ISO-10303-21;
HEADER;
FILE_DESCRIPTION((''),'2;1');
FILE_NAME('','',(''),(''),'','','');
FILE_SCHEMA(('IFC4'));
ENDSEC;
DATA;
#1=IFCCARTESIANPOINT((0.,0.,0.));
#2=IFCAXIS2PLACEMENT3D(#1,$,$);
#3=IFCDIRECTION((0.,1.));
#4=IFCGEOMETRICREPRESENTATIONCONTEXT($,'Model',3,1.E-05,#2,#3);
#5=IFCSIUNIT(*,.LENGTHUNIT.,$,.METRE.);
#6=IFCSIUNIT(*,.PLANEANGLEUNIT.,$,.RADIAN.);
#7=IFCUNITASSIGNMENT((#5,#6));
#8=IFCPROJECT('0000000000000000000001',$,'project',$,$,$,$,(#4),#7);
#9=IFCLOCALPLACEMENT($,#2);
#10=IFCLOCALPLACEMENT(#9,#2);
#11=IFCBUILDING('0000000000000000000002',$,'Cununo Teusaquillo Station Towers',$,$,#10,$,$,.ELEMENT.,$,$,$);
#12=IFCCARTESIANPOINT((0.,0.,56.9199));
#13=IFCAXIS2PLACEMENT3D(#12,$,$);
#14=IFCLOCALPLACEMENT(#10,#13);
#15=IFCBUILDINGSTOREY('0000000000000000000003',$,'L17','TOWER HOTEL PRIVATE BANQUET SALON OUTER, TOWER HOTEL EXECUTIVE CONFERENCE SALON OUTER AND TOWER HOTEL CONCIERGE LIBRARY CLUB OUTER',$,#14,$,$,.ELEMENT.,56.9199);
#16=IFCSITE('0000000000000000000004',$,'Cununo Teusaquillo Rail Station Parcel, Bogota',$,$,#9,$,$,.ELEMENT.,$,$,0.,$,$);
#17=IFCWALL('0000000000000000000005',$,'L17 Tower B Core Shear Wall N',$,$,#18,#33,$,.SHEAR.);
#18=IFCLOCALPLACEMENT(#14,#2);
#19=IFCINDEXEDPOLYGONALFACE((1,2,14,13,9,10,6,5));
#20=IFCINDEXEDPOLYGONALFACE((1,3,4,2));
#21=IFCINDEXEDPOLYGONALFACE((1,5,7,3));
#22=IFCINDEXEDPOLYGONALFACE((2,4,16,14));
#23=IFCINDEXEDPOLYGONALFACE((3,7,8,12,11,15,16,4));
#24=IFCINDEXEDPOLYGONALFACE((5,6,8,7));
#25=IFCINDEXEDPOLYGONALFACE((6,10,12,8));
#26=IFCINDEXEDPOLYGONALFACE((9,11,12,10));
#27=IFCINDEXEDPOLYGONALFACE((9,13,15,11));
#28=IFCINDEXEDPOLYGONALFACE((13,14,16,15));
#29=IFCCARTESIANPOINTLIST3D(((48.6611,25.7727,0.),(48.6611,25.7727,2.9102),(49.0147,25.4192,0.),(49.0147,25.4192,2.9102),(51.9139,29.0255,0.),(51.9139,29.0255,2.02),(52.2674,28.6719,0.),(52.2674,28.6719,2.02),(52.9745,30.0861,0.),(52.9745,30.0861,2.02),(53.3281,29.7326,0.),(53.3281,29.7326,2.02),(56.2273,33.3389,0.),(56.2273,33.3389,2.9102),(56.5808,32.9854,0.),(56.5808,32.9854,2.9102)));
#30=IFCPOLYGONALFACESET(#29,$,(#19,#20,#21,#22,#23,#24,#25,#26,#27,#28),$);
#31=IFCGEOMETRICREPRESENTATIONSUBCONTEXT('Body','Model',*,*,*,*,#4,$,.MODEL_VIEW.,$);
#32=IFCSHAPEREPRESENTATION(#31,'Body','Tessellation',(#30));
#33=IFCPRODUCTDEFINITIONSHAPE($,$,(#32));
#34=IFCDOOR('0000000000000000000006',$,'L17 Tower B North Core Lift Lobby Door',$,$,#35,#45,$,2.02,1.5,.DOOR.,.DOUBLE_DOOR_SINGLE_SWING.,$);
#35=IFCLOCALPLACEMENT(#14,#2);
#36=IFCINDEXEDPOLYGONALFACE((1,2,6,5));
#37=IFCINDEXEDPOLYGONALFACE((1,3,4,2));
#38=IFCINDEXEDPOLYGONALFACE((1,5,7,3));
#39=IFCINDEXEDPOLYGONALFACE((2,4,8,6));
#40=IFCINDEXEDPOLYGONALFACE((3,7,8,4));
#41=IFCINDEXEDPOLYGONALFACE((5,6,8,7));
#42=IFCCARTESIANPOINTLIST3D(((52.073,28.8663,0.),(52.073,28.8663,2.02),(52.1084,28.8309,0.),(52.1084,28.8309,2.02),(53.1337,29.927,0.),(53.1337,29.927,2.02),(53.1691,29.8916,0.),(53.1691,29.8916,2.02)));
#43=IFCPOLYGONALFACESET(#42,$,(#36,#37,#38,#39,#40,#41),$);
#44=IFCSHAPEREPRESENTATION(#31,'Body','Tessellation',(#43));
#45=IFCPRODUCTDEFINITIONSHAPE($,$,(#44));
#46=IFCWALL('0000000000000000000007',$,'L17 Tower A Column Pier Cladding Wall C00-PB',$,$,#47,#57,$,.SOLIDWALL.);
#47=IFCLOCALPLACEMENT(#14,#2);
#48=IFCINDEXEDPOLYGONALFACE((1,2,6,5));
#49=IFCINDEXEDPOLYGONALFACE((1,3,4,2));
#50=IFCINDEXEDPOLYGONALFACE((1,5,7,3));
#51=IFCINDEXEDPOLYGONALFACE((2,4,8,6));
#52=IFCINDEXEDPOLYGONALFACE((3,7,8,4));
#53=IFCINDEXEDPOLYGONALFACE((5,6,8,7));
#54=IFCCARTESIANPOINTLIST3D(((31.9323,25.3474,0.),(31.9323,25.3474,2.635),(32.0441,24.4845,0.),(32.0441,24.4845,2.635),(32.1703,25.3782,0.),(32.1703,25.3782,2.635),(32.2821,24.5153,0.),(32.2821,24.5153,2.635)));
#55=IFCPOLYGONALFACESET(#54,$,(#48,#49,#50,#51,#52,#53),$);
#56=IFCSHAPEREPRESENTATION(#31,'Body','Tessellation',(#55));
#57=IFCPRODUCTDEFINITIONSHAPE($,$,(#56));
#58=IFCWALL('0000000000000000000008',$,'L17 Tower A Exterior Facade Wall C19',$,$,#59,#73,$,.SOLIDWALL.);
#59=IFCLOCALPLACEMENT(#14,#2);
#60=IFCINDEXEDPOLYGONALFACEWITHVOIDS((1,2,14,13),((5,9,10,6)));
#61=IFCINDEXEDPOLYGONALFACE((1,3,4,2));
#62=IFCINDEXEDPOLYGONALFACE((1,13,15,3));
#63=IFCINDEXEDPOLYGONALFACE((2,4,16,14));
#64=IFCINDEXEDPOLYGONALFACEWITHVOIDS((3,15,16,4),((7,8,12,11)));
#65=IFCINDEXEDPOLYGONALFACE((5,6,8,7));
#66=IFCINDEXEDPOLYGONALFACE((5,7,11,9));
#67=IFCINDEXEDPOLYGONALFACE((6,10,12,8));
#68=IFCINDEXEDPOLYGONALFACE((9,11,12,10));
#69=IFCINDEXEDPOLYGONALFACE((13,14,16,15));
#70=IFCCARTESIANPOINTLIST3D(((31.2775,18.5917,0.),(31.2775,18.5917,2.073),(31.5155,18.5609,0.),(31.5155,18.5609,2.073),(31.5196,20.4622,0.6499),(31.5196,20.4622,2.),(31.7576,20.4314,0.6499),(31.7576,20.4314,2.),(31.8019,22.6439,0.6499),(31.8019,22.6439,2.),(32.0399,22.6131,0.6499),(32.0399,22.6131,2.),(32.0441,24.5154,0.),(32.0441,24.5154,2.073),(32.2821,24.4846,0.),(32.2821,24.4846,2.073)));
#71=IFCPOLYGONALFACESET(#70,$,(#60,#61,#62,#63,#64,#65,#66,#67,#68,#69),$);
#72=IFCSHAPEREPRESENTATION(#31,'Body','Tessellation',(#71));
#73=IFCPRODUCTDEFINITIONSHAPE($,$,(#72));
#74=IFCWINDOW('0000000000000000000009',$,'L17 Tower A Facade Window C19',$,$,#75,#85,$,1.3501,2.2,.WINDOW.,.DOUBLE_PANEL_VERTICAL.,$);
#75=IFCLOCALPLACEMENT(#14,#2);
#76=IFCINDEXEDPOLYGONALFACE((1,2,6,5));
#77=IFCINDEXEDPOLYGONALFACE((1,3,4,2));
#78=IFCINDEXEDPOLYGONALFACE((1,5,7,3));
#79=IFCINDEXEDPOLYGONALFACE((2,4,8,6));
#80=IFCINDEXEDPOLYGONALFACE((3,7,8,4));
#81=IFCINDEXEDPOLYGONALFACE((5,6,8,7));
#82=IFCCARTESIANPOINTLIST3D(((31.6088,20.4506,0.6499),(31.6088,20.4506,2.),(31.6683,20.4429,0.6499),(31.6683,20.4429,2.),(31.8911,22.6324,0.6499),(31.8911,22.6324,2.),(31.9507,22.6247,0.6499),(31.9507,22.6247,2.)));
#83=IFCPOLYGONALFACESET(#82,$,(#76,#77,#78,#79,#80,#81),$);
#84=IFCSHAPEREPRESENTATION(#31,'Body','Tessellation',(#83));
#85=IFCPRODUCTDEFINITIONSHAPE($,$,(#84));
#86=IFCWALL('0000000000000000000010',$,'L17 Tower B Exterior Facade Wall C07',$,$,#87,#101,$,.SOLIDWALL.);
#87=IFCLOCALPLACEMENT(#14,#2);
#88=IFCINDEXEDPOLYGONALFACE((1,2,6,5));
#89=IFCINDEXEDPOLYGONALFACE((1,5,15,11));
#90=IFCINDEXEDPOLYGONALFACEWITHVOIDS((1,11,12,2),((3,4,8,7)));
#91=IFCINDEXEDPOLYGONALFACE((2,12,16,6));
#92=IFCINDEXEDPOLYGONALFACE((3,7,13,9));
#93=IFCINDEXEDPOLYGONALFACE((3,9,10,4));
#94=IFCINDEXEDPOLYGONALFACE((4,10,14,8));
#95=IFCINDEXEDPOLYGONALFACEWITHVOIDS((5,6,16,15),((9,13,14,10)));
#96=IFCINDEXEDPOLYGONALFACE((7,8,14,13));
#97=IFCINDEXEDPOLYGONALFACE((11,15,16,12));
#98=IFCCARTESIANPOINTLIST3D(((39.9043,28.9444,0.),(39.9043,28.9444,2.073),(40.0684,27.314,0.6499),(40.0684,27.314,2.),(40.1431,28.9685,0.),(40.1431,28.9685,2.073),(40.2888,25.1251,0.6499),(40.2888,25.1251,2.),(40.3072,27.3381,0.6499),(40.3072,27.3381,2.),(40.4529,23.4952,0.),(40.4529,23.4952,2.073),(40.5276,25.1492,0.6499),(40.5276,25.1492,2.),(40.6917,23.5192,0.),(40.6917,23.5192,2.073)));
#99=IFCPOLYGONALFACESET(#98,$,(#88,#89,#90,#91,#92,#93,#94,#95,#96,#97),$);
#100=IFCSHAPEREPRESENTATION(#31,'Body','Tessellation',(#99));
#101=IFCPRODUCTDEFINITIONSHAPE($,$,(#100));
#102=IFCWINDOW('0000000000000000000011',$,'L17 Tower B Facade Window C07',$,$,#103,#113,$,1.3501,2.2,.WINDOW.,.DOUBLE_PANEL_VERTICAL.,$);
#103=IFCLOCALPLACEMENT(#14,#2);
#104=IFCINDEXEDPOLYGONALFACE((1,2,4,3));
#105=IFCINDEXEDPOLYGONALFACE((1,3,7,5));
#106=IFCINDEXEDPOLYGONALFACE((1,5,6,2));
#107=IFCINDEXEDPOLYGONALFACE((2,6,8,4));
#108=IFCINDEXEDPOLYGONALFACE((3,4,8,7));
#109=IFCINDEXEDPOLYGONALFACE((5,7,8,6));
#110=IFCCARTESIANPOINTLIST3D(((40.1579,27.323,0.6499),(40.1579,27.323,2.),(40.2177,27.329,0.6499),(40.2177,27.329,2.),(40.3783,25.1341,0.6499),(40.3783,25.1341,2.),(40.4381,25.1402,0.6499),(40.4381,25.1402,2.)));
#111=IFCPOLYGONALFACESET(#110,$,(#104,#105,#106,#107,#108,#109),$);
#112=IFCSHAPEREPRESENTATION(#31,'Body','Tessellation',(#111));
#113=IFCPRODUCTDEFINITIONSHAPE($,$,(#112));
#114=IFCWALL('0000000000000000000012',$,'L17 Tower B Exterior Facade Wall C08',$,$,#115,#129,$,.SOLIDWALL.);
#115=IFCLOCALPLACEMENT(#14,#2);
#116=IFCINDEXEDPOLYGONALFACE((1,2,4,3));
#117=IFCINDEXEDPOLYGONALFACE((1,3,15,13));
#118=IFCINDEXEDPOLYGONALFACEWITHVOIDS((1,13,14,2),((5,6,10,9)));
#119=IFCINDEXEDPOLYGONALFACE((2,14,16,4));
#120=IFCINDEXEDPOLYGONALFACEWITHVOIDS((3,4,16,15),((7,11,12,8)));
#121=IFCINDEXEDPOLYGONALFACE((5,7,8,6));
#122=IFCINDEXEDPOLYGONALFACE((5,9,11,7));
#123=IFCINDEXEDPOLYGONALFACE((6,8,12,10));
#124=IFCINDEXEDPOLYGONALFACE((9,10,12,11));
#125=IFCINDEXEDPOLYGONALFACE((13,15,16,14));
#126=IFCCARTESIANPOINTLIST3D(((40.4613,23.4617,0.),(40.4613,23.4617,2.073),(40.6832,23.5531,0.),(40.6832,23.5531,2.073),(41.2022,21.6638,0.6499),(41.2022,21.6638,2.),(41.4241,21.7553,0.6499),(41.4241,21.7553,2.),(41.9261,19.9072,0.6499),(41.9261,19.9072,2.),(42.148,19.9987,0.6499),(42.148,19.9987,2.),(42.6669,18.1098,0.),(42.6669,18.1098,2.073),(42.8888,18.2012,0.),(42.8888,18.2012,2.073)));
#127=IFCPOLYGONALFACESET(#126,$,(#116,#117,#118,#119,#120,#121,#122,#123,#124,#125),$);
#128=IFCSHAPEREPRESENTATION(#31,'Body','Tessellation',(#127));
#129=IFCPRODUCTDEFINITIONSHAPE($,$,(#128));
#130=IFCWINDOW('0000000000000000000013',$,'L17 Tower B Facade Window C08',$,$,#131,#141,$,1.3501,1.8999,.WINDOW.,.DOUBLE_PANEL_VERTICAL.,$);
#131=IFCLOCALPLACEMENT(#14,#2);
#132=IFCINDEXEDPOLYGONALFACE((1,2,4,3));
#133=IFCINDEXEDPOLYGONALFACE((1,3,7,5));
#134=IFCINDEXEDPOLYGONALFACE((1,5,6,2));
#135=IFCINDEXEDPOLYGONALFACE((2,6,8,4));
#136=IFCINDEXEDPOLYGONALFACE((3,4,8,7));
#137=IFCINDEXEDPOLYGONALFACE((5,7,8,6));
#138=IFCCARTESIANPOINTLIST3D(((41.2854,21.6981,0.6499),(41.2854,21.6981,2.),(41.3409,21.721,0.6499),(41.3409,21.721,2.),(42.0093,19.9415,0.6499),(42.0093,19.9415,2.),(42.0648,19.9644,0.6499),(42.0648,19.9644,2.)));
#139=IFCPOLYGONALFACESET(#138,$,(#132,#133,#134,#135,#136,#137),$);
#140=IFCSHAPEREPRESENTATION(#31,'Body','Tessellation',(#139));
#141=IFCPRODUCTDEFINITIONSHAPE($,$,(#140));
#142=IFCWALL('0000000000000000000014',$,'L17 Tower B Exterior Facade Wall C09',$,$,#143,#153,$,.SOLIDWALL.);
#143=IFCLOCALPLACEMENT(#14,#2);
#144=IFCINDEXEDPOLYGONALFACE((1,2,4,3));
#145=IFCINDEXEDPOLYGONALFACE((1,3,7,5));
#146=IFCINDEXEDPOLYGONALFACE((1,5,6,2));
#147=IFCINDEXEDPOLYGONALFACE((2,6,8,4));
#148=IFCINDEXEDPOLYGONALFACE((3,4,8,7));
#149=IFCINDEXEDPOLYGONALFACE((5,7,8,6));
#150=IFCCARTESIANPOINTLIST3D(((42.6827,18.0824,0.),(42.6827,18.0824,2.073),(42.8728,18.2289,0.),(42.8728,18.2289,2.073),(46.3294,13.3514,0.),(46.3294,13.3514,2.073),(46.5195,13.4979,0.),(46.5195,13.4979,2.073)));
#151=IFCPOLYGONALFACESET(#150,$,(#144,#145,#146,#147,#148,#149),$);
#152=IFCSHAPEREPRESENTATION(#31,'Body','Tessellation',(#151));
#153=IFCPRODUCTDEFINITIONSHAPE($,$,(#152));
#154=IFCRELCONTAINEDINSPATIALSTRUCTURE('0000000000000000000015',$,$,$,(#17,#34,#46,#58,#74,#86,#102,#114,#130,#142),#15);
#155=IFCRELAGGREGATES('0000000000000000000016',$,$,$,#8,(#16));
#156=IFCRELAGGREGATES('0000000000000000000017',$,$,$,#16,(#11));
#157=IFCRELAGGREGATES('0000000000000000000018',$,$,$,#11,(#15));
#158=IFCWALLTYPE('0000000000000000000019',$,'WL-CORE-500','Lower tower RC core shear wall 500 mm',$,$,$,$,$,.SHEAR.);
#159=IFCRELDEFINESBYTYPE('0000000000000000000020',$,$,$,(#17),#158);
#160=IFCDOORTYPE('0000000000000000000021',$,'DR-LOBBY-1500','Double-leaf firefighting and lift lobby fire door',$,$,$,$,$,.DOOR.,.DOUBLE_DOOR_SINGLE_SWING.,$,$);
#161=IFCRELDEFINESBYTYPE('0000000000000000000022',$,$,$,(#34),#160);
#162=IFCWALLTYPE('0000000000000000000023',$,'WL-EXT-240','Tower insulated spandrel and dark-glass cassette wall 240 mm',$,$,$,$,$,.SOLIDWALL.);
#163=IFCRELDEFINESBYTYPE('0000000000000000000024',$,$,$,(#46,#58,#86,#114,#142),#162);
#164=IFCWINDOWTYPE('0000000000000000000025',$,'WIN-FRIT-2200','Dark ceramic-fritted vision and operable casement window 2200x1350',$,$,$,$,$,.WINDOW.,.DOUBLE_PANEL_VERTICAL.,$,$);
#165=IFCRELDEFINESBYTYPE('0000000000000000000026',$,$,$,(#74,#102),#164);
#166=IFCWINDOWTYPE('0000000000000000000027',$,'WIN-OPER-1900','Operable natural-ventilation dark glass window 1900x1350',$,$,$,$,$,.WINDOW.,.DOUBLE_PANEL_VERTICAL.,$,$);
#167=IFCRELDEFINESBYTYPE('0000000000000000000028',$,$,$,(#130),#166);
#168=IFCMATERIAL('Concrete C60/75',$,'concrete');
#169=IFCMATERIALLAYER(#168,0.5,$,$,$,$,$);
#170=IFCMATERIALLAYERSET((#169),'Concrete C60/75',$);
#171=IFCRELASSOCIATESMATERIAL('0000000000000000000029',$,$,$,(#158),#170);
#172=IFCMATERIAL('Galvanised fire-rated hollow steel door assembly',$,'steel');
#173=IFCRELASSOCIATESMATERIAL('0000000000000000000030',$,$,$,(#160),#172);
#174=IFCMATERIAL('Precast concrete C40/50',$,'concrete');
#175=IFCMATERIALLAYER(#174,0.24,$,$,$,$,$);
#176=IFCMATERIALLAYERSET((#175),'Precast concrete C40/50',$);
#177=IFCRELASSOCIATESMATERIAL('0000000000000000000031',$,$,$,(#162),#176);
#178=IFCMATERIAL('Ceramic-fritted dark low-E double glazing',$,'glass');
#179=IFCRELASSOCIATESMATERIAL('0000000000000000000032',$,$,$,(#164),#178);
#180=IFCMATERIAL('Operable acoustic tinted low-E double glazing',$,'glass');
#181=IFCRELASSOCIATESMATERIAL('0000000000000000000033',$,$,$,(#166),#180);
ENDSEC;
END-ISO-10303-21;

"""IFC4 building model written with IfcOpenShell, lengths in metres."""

from ifc_helpers import new_model, si_unit, direction, frame, frame_2d, origin, place, context, subcontext, project, spatial, rectangle, extrude, source, transform, mapped, material, layer, layer_set, type_object, element, fill, save


model = new_model("IFC4")

# Units and contexts
model_context = context("Model", 3, precision=1e-05, world=origin(), true_north=direction((0.0, 1.0)))
body_context = subcontext(model_context, "Body", "Model", "MODEL_VIEW")
ifc_project = project(units=[si_unit("LENGTHUNIT", "METRE"), si_unit("PLANEANGLEUNIT", "RADIAN")], contexts=[model_context])

# Site, building, storey
site_placement = place(None, origin())
site = spatial("IfcSite", under=ifc_project, at=site_placement, Name="Cununo Teusaquillo Rail Station Parcel, Bogota", CompositionType="ELEMENT", RefElevation=0.0)
building_placement = place(site_placement, origin())
building = spatial("IfcBuilding", under=site, at=building_placement, Name="Cununo Teusaquillo Station Towers", CompositionType="ELEMENT")
storey_placement = place(building_placement, frame((0.0, 0.0, 56.9199)))
storey = spatial("IfcBuildingStorey", under=building, at=storey_placement, Name="L17", Description="TOWER HOTEL PRIVATE BANQUET SALON OUTER, TOWER HOTEL EXECUTIVE CONFERENCE SALON OUTER AND TOWER HOTEL CONCIERGE LIBRARY CLUB OUTER", CompositionType="ELEMENT", Elevation=56.9199)

# Wall, opening, door
ifc_material_1 = material(Name="Concrete C60/75", Category="concrete")
ifc_layer_1 = layer(ifc_material_1, 0.5)
ifc_layer_set_1 = layer_set([ifc_layer_1], Name="Concrete C60/75")
wall_type_1 = type_object("IfcWallType", Name="WL-CORE-500", Description="Lower tower RC core shear wall 500 mm", PredefinedType="SHEAR", material=ifc_layer_set_1)
wall_1_placement = place(storey_placement, frame((48.8379, 25.5959, 0.0), z_axis=(0.0, 0.0, 1.0), x_axis=(0.707107, 0.707107, 0.0)))
wall_1 = element("IfcWall", 1, at=wall_1_placement, inside=storey, type_object=wall_type_1, Name="L17 Tower B Core Shear Wall N", PredefinedType="SHEAR", context=body_context, shape_type="SweptSolid", body=[
    extrude(rectangle(XDim=10.7002, YDim=0.5, at=frame_2d((5.3501, 0.0))), origin(), (0.0, 0.0, 1.0), 2.9102),
])
shared_shape_1 = source(origin(), body_context, "Body", "SweptSolid", [
    extrude(rectangle(XDim=1.5, YDim=2.02, at=frame_2d((0.75, 1.01))), frame((0.0, 0.26, 0.0), z_axis=(0.0, -1.0, 0.0), x_axis=(1.0, 0.0, 0.0)), (0.0, 0.0, 1.0), 0.52),
])
opening_1_placement = place(wall_1_placement, frame((4.6001, 0.0, 0.0)))
opening_1 = element("IfcOpeningElement", 2, at=opening_1_placement, cuts=wall_1, PredefinedType="OPENING", context=body_context, shape_type="MappedRepresentation", body=[
    mapped(shared_shape_1, transform((0.0, 0.0, 0.0), x_axis=(1.0, 0.0, 0.0), y_axis=(0.0, 1.0, 0.0), z_axis=(0.0, 0.0, 1.0), scale=1.0)),
])
ifc_material_2 = material(Name="Galvanised fire-rated hollow steel door assembly", Category="steel")
door_type_1 = type_object("IfcDoorType", Name="DR-LOBBY-1500", Description="Double-leaf firefighting and lift lobby fire door", OperationType="DOUBLE_DOOR_SINGLE_SWING", PredefinedType="DOOR", material=ifc_material_2)
shared_shape_2 = source(origin(), body_context, "Body", "SweptSolid", [
    extrude(rectangle(XDim=1.5, YDim=2.02, at=frame_2d((0.75, 1.01))), frame((0.0, 0.0249, 0.0), z_axis=(0.0, -1.0, 0.0), x_axis=(1.0, 0.0, 0.0)), (0.0, 0.0, 1.0), 0.05),
])
door_1_placement = place(opening_1_placement, origin())
door_1 = element("IfcDoor", 3, at=door_1_placement, inside=storey, type_object=door_type_1, Name="L17 Tower B North Core Lift Lobby Door", OperationType="DOUBLE_DOOR_SINGLE_SWING", OverallHeight=2.02, OverallWidth=1.5, PredefinedType="DOOR", context=body_context, shape_type="MappedRepresentation", body=[
    mapped(shared_shape_2, transform((0.0, 0.0, 0.0), x_axis=(1.0, 0.0, 0.0), y_axis=(0.0, 1.0, 0.0), z_axis=(0.0, 0.0, 1.0), scale=1.0)),
])
fill(opening_1, door_1)

# Wall
ifc_material_3 = material(Name="Precast concrete C40/50", Category="concrete")
ifc_layer_2 = layer(ifc_material_3, 0.24)
ifc_layer_set_2 = layer_set([ifc_layer_2], Name="Precast concrete C40/50")
wall_type_2 = type_object("IfcWallType", Name="WL-EXT-240", Description="Tower insulated spandrel and dark-glass cassette wall 240 mm", PredefinedType="SOLIDWALL", material=ifc_layer_set_2)
wall_2_placement = place(storey_placement, frame((32.0513, 25.3628, 0.0), z_axis=(0.0, 0.0, 1.0), x_axis=(0.128523, -0.991706, 0.0)))
element("IfcWall", 4, at=wall_2_placement, inside=storey, type_object=wall_type_2, Name="L17 Tower A Column Pier Cladding Wall C00-PB", PredefinedType="SOLIDWALL", context=body_context, shape_type="SweptSolid", body=[
    extrude(rectangle(XDim=0.8701, YDim=0.24, at=frame_2d((0.4351, 0.0))), origin(), (0.0, 0.0, 1.0), 2.635),
])

# Walls, openings, windows
wall_3_placement = place(storey_placement, frame((32.1631, 24.5, 0.0), z_axis=(0.0, 0.0, 1.0), x_axis=(-0.12834, -0.99173, 0.0)))
wall_3 = element("IfcWall", 5, at=wall_3_placement, inside=storey, type_object=wall_type_2, Name="L17 Tower A Exterior Facade Wall C19", PredefinedType="SOLIDWALL", context=body_context, shape_type="SweptSolid", body=[
    extrude(rectangle(XDim=5.9731, YDim=0.24, at=frame_2d((2.9866, 0.0))), origin(), (0.0, 0.0, 1.0), 2.073),
])
shared_shape_3 = source(origin(), body_context, "Body", "SweptSolid", [
    extrude(rectangle(XDim=2.2, YDim=1.3501, at=frame_2d((1.1001, 0.675))), frame((0.0, 0.1299, 0.0), z_axis=(0.0, -1.0, 0.0), x_axis=(1.0, 0.0, 0.0)), (0.0, 0.0, 1.0), 0.26),
])
opening_2_placement = place(wall_3_placement, frame((1.887, 0.0, 0.6499)))
opening_2 = element("IfcOpeningElement", 6, at=opening_2_placement, cuts=wall_3, PredefinedType="OPENING", context=body_context, shape_type="MappedRepresentation", body=[
    mapped(shared_shape_3, transform((0.0, 0.0, 0.0), x_axis=(1.0, 0.0, 0.0), y_axis=(0.0, 1.0, 0.0), z_axis=(0.0, 0.0, 1.0), scale=1.0)),
])
ifc_material_4 = material(Name="Ceramic-fritted dark low-E double glazing", Category="glass")
window_type_1 = type_object("IfcWindowType", Name="WIN-FRIT-2200", Description="Dark ceramic-fritted vision and operable casement window 2200x1350", PartitioningType="DOUBLE_PANEL_VERTICAL", PredefinedType="WINDOW", material=ifc_material_4)
shared_shape_4 = source(origin(), body_context, "Body", "SweptSolid", [
    extrude(rectangle(XDim=2.2, YDim=1.3501, at=frame_2d((1.1001, 0.675))), frame((0.0, 0.03, 0.0), z_axis=(0.0, -1.0, 0.0), x_axis=(1.0, 0.0, 0.0)), (0.0, 0.0, 1.0), 0.0601),
])
window_1_placement = place(opening_2_placement, origin())
window_1 = element("IfcWindow", 7, at=window_1_placement, inside=storey, type_object=window_type_1, Name="L17 Tower A Facade Window C19", OverallHeight=1.3501, OverallWidth=2.2, PartitioningType="DOUBLE_PANEL_VERTICAL", PredefinedType="WINDOW", context=body_context, shape_type="MappedRepresentation", body=[
    mapped(shared_shape_4, transform((0.0, 0.0, 0.0), x_axis=(1.0, 0.0, 0.0), y_axis=(0.0, 1.0, 0.0), z_axis=(0.0, 0.0, 1.0), scale=1.0)),
])
fill(opening_2, window_1)
wall_4_placement = place(storey_placement, frame((40.5723, 23.5073, 0.0), z_axis=(0.0, 0.0, 1.0), x_axis=(-0.100166, 0.994971, 0.0)))
wall_4 = element("IfcWall", 8, at=wall_4_placement, inside=storey, type_object=wall_type_2, Name="L17 Tower B Exterior Facade Wall C07", PredefinedType="SOLIDWALL", context=body_context, shape_type="SweptSolid", body=[
    extrude(rectangle(XDim=5.4768, YDim=0.24, at=frame_2d((2.7383, 0.0))), origin(), (0.0, 0.0, 1.0), 2.073),
])
opening_3_placement = place(wall_4_placement, frame((1.6379, 0.0, 0.6499)))
opening_3 = element("IfcOpeningElement", 9, at=opening_3_placement, cuts=wall_4, PredefinedType="OPENING", context=body_context, shape_type="MappedRepresentation", body=[
    mapped(shared_shape_3, transform((0.0, 0.0, 0.0), x_axis=(1.0, 0.0, 0.0), y_axis=(0.0, 1.0, 0.0), z_axis=(0.0, 0.0, 1.0), scale=1.0)),
])
window_2_placement = place(opening_3_placement, origin())
window_2 = element("IfcWindow", 10, at=window_2_placement, inside=storey, type_object=window_type_1, Name="L17 Tower B Facade Window C07", OverallHeight=1.3501, OverallWidth=2.2, PartitioningType="DOUBLE_PANEL_VERTICAL", PredefinedType="WINDOW", context=body_context, shape_type="MappedRepresentation", body=[
    mapped(shared_shape_4, transform((0.0, 0.0, 0.0), x_axis=(1.0, 0.0, 0.0), y_axis=(0.0, 1.0, 0.0), z_axis=(0.0, 0.0, 1.0), scale=1.0)),
])
fill(opening_3, window_2)
wall_5_placement = place(storey_placement, frame((42.7778, 18.1555, 0.0), z_axis=(0.0, 0.0, 1.0), x_axis=(-0.381028, 0.924564, 0.0)))
wall_5 = element("IfcWall", 11, at=wall_5_placement, inside=storey, type_object=wall_type_2, Name="L17 Tower B Exterior Facade Wall C08", PredefinedType="SOLIDWALL", context=body_context, shape_type="SweptSolid", body=[
    extrude(rectangle(XDim=5.7886, YDim=0.24, at=frame_2d((2.8943, 0.0))), origin(), (0.0, 0.0, 1.0), 2.073),
])
shared_shape_5 = source(origin(), body_context, "Body", "SweptSolid", [
    extrude(rectangle(XDim=1.8999, YDim=1.3501, at=frame_2d((0.95, 0.675))), frame((0.0, 0.1299, 0.0), z_axis=(0.0, -1.0, 0.0), x_axis=(1.0, 0.0, 0.0)), (0.0, 0.0, 1.0), 0.26),
])
opening_4_placement = place(wall_5_placement, frame((1.9441, 0.0, 0.6499)))
opening_4 = element("IfcOpeningElement", 12, at=opening_4_placement, cuts=wall_5, PredefinedType="OPENING", context=body_context, shape_type="MappedRepresentation", body=[
    mapped(shared_shape_5, transform((0.0, 0.0, 0.0), x_axis=(1.0, 0.0, 0.0), y_axis=(0.0, 1.0, 0.0), z_axis=(0.0, 0.0, 1.0), scale=1.0)),
])
ifc_material_5 = material(Name="Operable acoustic tinted low-E double glazing", Category="glass")
window_type_2 = type_object("IfcWindowType", Name="WIN-OPER-1900", Description="Operable natural-ventilation dark glass window 1900x1350", PartitioningType="DOUBLE_PANEL_VERTICAL", PredefinedType="WINDOW", material=ifc_material_5)
shared_shape_6 = source(origin(), body_context, "Body", "SweptSolid", [
    extrude(rectangle(XDim=1.8999, YDim=1.3501, at=frame_2d((0.95, 0.675))), frame((0.0, 0.03, 0.0), z_axis=(0.0, -1.0, 0.0), x_axis=(1.0, 0.0, 0.0)), (0.0, 0.0, 1.0), 0.0601),
])
window_3_placement = place(opening_4_placement, origin())
window_3 = element("IfcWindow", 13, at=window_3_placement, inside=storey, type_object=window_type_2, Name="L17 Tower B Facade Window C08", OverallHeight=1.3501, OverallWidth=1.8999, PartitioningType="DOUBLE_PANEL_VERTICAL", PredefinedType="WINDOW", context=body_context, shape_type="MappedRepresentation", body=[
    mapped(shared_shape_6, transform((0.0, 0.0, 0.0), x_axis=(1.0, 0.0, 0.0), y_axis=(0.0, 1.0, 0.0), z_axis=(0.0, 0.0, 1.0), scale=1.0)),
])
fill(opening_4, window_3)

# Wall
wall_6_placement = place(storey_placement, frame((46.4246, 13.4246, 0.0), z_axis=(0.0, 0.0, 1.0), x_axis=(-0.610503, 0.792014, 0.0)))
element("IfcWall", 14, at=wall_6_placement, inside=storey, type_object=wall_type_2, Name="L17 Tower B Exterior Facade Wall C09", PredefinedType="SOLIDWALL", context=body_context, shape_type="SweptSolid", body=[
    extrude(rectangle(XDim=5.9734, YDim=0.24, at=frame_2d((2.9868, 0.0))), origin(), (0.0, 0.0, 1.0), 2.073),
])

save(model, "model.ifc")
